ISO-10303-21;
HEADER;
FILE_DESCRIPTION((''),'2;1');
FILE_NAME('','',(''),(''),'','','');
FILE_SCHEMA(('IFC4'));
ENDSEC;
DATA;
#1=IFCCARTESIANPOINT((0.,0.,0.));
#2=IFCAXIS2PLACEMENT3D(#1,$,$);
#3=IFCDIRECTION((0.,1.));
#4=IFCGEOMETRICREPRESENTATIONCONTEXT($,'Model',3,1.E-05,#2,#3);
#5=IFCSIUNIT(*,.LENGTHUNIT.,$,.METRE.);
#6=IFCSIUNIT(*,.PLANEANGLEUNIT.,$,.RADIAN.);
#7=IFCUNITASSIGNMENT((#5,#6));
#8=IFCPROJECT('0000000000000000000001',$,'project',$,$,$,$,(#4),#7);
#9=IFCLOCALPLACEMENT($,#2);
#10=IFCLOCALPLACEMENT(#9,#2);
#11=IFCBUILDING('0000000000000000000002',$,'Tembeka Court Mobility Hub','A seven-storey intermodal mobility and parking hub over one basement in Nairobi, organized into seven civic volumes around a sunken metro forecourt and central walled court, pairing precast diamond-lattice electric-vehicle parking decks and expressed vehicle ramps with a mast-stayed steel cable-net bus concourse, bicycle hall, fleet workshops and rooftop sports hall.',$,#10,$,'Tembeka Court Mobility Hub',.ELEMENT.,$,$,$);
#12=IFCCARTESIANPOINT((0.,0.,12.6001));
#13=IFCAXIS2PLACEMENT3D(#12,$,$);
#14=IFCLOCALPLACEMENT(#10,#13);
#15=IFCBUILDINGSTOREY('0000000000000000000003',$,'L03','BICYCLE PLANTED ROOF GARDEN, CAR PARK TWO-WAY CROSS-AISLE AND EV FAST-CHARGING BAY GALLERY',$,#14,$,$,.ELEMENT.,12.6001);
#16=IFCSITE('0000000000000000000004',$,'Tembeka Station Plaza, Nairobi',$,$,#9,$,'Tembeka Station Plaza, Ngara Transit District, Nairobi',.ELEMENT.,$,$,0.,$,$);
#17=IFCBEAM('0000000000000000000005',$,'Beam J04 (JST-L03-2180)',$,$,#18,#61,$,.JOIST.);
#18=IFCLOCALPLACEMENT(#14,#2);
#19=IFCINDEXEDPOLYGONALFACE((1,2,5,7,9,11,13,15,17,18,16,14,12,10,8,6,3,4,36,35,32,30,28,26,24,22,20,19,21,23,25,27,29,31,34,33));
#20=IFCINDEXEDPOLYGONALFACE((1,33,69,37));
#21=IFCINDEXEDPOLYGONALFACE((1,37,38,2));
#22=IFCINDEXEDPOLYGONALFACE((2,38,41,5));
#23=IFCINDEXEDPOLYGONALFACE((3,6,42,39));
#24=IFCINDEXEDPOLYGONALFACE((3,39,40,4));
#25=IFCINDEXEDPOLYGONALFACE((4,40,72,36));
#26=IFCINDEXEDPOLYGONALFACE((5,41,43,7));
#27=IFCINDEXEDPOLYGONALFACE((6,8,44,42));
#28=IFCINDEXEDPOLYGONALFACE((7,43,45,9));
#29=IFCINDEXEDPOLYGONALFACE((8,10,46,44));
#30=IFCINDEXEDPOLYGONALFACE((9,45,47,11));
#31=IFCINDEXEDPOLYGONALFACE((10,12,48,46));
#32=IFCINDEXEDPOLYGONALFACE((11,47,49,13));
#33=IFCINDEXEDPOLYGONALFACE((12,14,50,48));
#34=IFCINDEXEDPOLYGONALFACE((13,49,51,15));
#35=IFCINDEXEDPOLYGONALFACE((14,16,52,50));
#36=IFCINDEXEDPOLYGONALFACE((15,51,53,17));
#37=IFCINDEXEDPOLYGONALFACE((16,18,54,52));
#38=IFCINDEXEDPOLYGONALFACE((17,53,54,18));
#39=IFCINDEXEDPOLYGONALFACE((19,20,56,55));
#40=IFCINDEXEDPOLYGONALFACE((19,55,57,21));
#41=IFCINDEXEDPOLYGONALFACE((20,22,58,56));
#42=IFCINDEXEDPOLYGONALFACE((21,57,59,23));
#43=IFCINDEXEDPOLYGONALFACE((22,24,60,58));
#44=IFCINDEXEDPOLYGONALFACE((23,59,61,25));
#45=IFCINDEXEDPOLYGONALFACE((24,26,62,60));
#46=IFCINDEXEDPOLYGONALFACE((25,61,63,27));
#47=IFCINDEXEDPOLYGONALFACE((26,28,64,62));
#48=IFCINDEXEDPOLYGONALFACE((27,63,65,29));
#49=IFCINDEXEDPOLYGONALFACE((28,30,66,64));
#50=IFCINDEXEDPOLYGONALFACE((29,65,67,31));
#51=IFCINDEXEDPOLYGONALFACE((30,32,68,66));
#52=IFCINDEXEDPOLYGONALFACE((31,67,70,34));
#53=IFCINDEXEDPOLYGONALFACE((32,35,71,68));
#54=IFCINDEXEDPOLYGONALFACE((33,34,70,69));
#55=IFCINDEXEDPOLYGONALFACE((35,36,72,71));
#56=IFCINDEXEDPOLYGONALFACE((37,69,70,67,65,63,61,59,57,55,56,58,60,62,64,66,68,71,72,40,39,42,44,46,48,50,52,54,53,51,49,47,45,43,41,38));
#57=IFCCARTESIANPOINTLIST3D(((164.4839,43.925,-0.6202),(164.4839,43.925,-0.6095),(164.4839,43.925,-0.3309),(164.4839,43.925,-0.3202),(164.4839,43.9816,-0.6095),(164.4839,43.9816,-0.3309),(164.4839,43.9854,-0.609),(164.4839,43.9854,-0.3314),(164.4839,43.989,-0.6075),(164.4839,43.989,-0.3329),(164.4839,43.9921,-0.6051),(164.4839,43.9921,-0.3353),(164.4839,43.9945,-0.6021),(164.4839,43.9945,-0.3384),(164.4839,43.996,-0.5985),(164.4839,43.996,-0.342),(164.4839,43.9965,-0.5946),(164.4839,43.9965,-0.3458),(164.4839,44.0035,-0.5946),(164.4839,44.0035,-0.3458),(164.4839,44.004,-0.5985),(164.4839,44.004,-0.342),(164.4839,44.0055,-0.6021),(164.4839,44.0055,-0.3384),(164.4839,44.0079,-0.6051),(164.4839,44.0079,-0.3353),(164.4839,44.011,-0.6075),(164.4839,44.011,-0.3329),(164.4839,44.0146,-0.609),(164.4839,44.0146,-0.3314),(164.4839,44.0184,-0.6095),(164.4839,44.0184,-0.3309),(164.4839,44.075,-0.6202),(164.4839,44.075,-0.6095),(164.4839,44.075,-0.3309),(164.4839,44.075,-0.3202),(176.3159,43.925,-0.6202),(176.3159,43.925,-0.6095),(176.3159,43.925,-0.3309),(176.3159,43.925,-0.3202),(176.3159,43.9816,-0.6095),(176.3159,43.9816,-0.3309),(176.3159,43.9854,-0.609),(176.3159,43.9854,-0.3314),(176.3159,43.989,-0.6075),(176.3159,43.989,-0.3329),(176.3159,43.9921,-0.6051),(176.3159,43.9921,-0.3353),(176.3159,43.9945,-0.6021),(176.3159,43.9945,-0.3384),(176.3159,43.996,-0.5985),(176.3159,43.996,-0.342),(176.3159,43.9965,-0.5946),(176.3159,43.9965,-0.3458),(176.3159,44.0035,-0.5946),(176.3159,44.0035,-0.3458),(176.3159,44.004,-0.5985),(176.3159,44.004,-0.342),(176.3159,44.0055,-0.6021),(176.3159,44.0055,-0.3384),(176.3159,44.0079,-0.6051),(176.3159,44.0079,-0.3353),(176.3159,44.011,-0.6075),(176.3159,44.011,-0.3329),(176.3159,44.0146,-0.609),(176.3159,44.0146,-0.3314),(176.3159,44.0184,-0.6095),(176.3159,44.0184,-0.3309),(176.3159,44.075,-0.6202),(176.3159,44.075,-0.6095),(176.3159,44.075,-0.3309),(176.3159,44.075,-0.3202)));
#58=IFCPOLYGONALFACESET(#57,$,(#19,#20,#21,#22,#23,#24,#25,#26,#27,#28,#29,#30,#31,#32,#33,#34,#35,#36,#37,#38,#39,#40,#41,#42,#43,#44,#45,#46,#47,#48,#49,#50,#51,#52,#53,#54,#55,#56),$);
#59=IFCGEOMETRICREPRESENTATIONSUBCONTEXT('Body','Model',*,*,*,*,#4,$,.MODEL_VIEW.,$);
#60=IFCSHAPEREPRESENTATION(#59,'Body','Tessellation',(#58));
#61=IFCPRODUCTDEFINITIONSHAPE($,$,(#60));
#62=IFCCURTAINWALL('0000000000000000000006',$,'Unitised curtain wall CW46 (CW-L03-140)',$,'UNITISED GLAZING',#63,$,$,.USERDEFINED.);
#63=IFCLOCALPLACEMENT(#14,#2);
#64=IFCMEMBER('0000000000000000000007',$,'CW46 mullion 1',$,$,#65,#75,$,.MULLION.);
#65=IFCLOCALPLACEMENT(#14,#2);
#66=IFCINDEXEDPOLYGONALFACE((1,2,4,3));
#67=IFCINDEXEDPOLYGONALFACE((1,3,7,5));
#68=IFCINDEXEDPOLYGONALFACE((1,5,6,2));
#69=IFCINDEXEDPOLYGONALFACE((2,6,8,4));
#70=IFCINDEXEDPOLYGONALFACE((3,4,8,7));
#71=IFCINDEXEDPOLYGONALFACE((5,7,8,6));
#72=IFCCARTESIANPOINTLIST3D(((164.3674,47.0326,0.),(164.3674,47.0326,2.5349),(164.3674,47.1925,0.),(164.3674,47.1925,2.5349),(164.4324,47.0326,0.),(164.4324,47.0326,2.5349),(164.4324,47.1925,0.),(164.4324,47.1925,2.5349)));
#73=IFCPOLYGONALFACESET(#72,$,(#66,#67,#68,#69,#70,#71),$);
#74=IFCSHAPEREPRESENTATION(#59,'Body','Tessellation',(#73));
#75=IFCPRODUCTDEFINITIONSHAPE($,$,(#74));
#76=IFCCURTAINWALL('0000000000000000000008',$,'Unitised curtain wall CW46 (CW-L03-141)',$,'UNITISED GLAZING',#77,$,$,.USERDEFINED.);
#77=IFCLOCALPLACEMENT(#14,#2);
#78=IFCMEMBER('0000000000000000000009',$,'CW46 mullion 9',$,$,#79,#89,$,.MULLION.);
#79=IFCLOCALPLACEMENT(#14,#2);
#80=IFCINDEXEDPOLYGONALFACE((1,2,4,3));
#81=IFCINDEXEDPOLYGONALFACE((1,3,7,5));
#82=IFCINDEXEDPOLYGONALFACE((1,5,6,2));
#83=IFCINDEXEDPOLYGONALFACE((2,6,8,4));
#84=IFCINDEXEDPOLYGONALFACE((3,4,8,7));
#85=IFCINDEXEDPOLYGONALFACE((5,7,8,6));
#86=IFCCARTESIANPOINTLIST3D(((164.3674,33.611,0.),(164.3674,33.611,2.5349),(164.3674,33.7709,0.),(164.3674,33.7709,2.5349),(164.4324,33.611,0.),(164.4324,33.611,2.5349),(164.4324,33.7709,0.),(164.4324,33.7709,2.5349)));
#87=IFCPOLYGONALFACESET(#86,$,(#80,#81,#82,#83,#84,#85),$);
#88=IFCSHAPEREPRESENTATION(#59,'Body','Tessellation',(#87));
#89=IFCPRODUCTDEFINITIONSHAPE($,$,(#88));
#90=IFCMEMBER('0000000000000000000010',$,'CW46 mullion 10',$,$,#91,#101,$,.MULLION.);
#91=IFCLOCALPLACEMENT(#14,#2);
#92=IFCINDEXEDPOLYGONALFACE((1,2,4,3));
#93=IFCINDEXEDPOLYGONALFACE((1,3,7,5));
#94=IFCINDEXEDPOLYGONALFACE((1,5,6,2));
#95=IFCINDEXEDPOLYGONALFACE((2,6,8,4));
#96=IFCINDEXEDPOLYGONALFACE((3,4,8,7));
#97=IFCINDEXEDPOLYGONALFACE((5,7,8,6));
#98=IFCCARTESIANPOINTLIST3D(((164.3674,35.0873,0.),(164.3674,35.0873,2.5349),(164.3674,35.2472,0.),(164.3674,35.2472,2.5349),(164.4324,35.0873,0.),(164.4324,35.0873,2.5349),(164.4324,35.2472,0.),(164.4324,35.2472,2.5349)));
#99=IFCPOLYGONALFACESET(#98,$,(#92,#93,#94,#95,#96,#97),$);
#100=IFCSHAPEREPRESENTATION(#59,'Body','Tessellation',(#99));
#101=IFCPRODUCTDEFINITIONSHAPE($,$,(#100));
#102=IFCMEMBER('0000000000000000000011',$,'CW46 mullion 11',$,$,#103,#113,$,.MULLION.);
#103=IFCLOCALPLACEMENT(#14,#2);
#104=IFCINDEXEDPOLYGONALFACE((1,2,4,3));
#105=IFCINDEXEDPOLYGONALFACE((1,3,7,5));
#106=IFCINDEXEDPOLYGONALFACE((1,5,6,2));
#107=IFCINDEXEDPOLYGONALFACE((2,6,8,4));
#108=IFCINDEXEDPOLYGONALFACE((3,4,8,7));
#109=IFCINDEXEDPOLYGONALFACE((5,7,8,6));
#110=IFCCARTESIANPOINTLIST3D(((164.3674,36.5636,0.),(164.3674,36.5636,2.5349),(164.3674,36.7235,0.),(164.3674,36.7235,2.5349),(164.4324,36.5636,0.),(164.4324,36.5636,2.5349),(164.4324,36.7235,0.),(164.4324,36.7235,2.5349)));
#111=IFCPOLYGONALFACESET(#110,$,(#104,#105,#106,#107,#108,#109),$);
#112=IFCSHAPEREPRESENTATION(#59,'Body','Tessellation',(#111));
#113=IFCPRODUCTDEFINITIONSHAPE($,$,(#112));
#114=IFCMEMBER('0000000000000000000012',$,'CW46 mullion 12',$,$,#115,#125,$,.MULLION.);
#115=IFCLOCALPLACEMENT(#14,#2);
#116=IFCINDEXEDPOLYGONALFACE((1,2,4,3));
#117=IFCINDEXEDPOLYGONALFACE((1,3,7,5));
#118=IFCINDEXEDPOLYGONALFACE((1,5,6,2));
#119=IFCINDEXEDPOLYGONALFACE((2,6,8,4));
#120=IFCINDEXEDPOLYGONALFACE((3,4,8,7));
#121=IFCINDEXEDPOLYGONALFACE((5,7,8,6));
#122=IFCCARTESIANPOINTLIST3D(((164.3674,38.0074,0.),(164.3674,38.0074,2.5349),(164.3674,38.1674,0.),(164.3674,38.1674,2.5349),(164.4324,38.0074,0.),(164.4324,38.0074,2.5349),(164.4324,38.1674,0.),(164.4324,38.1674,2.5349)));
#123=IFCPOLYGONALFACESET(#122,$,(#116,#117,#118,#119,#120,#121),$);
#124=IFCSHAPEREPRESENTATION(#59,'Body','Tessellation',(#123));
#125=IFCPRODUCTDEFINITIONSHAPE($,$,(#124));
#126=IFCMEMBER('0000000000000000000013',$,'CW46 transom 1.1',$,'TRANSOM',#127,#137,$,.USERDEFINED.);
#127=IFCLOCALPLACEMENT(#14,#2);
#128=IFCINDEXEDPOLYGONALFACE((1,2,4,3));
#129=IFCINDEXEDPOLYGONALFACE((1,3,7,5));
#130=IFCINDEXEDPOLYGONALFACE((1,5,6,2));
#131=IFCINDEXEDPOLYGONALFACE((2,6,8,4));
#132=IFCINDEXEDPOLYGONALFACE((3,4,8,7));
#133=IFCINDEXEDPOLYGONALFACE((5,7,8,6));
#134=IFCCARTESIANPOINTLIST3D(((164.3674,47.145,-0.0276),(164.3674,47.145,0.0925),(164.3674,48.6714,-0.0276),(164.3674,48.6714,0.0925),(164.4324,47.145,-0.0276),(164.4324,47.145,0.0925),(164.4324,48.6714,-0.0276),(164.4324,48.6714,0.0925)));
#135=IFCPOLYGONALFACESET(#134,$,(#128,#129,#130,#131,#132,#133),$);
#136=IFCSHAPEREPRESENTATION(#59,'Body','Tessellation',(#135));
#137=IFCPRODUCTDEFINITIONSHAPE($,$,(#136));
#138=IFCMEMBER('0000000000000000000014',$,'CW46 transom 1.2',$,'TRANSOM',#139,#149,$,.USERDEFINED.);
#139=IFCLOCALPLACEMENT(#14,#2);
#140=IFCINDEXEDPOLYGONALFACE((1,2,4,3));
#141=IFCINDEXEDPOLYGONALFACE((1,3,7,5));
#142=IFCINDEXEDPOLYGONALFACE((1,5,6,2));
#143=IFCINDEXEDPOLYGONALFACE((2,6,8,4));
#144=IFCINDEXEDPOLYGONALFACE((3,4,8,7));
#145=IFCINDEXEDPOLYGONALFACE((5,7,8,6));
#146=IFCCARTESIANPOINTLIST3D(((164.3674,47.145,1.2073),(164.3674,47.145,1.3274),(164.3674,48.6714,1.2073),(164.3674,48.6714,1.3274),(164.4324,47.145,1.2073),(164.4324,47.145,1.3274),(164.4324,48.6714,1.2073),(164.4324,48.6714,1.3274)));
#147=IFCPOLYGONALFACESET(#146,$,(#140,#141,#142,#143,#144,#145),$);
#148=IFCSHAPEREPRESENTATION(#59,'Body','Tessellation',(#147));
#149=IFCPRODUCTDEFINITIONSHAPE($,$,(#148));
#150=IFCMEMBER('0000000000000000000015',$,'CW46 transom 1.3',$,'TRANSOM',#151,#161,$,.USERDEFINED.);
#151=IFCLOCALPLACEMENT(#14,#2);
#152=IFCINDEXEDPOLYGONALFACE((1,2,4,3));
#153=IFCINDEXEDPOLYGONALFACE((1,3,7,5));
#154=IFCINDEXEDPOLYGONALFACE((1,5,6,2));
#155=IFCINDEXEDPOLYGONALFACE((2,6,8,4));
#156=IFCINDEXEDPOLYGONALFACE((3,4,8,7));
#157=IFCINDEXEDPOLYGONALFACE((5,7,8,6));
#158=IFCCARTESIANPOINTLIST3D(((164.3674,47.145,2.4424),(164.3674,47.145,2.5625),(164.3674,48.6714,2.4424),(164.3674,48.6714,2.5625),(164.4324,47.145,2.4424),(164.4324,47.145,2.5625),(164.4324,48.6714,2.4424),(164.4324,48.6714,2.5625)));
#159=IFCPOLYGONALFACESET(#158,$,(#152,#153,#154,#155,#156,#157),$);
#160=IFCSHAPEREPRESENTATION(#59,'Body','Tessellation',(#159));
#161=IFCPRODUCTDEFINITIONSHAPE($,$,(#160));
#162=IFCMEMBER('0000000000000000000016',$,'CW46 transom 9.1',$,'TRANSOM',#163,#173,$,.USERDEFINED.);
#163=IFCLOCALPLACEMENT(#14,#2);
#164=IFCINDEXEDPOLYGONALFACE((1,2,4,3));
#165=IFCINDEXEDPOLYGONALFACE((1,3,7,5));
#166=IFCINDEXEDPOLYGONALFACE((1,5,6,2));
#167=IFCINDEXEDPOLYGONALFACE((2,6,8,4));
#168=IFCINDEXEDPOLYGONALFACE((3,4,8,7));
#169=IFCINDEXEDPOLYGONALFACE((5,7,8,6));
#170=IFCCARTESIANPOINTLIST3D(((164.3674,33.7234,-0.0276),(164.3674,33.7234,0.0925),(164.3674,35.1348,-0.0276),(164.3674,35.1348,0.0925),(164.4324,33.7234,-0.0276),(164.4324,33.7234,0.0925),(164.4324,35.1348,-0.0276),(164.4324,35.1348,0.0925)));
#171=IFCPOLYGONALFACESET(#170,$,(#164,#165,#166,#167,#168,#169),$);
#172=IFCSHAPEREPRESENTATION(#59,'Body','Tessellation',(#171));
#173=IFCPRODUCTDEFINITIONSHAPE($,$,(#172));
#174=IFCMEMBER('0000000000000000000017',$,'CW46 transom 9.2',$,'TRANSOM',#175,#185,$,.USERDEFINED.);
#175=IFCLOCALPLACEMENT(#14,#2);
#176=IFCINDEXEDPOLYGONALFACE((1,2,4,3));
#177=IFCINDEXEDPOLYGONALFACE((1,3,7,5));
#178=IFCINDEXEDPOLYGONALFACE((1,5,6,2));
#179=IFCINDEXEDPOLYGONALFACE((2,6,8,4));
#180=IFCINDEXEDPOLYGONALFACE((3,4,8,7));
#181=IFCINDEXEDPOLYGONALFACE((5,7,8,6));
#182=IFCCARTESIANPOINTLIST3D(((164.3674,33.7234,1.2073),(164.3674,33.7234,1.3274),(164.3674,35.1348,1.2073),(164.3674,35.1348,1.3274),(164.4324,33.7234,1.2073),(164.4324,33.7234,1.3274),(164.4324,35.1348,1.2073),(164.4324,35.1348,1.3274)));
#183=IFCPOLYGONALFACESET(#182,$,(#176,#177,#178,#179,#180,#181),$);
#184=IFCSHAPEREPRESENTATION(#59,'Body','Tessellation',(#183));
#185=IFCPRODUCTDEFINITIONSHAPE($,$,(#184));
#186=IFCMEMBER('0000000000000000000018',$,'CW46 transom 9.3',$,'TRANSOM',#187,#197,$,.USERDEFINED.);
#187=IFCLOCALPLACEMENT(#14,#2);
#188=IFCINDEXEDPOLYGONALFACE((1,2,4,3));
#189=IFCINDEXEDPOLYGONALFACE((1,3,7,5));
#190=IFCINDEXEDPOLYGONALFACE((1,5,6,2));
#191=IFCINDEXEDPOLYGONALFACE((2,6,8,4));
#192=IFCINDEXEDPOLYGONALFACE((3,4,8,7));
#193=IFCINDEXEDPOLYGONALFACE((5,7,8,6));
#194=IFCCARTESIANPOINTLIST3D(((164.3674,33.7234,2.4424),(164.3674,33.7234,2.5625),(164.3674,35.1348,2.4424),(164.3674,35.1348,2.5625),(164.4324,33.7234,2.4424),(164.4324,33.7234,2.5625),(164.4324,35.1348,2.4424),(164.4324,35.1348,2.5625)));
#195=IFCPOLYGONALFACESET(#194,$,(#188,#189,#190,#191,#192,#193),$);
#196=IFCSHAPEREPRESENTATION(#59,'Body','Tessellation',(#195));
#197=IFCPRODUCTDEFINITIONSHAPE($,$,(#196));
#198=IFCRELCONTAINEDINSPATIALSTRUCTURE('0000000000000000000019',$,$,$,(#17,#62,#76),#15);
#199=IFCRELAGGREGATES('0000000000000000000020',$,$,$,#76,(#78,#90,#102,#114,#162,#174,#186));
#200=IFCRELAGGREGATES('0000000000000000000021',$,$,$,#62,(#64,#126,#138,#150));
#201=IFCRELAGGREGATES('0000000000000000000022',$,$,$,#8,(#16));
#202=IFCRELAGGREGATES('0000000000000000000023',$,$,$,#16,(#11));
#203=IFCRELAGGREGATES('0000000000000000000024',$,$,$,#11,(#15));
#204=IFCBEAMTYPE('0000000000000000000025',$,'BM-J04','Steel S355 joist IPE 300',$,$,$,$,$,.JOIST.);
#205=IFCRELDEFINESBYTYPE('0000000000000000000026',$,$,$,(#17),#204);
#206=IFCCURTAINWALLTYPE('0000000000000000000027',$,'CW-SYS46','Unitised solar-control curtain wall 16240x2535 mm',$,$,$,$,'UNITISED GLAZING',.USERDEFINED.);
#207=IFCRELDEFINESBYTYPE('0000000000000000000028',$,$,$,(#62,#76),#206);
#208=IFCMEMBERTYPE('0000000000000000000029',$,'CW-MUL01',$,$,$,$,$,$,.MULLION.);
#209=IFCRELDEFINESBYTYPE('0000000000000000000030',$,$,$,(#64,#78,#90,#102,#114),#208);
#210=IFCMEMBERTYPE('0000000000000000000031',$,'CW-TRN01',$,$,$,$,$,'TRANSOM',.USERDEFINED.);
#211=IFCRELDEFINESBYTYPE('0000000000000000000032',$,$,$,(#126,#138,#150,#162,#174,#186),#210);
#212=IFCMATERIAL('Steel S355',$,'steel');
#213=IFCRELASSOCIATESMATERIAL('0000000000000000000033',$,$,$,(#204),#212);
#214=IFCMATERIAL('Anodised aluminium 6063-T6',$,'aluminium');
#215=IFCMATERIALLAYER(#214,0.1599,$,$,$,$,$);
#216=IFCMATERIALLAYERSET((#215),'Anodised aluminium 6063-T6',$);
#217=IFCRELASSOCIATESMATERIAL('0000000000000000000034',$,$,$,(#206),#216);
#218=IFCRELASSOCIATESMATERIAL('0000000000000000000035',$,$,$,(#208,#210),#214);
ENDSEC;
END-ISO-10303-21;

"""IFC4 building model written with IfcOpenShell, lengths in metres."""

from ifc_helpers import new_model, si_unit, direction, frame, origin, origin_2d, place, context, subcontext, project, spatial, rectangle, i_section, extrude, material, layer, layer_set, material_profile, profile_set, type_object, element, aggregate, save


model = new_model("IFC4")

# Units and contexts
model_context = context("Model", 3, precision=1e-05, world=origin(), true_north=direction((0.0, 1.0)))
body_context = subcontext(model_context, "Body", "Model", "MODEL_VIEW")
ifc_project = project(units=[si_unit("LENGTHUNIT", "METRE"), si_unit("PLANEANGLEUNIT", "RADIAN")], contexts=[model_context])

# Site, building, storey
site_placement = place(None, origin())
site = spatial("IfcSite", under=ifc_project, at=site_placement, Name="Tembeka Station Plaza, Nairobi", LongName="Tembeka Station Plaza, Ngara Transit District, Nairobi", CompositionType="ELEMENT", RefElevation=0.0)
building_placement = place(site_placement, origin())
building = spatial("IfcBuilding", under=site, at=building_placement, Name="Tembeka Court Mobility Hub", Description="A seven-storey intermodal mobility and parking hub over one basement in Nairobi, organized into seven civic volumes around a sunken metro forecourt and central walled court, pairing precast diamond-lattice electric-vehicle parking decks and expressed vehicle ramps with a mast-stayed steel cable-net bus concourse, bicycle hall, fleet workshops and rooftop sports hall.", LongName="Tembeka Court Mobility Hub", CompositionType="ELEMENT")
storey_placement = place(building_placement, frame((0.0, 0.0, 12.6001)))
storey = spatial("IfcBuildingStorey", under=building, at=storey_placement, Name="L03", Description="BICYCLE PLANTED ROOF GARDEN, CAR PARK TWO-WAY CROSS-AISLE AND EV FAST-CHARGING BAY GALLERY", CompositionType="ELEMENT", Elevation=12.6001)

# Shared definitions
ifc_material_1 = material(Name="Steel S355", Category="steel")

# Beam
ifc_material_profile_1 = material_profile(ifc_material_1, i_section(OverallWidth=0.1499, OverallDepth=0.3, WebThickness=0.0071, FlangeThickness=0.0107, FilletRadius=0.0149, at=origin_2d()), Name="IPE 300")
ifc_profile_set_1 = profile_set([ifc_material_profile_1], Name="Steel S355")
beam_type_1 = type_object("IfcBeamType", Name="BM-J04", Description="Steel S355 joist IPE 300", PredefinedType="JOIST", material=ifc_profile_set_1)
for number, where, z_axis, x_axis, name in (
    (1, (164.4839, 44.0, -0.4702), (1.0, 0.0, 0.0), (0.0, 1.0, 0.0), "Beam J04 (JST-L03-2180)"),
):
    element("IfcBeam", number, at=place(storey_placement, frame(where, z_axis=z_axis, x_axis=x_axis)), inside=storey, type_object=beam_type_1, Name=name, PredefinedType="JOIST", context=body_context, shape_type="SweptSolid", body=[
        extrude(i_section(OverallWidth=0.1499, OverallDepth=0.3, WebThickness=0.0071, FlangeThickness=0.0107, FilletRadius=0.0149, at=origin_2d()), origin(), (0.0, 0.0, 1.0), 11.832),
    ])

# Curtain wall, member
ifc_material_2 = material(Name="Anodised aluminium 6063-T6", Category="aluminium")
ifc_layer_1 = layer(ifc_material_2, 0.1599)
ifc_layer_set_1 = layer_set([ifc_layer_1], Name="Anodised aluminium 6063-T6")
curtain_wall_type = type_object("IfcCurtainWallType", Name="CW-SYS46", Description="Unitised solar-control curtain wall 16240x2535 mm", ElementType="UNITISED GLAZING", PredefinedType="USERDEFINED", material=ifc_layer_set_1)
curtain_wall_1_placement = place(storey_placement, origin())
curtain_wall_1 = element("IfcCurtainWall", 2, at=curtain_wall_1_placement, inside=storey, type_object=curtain_wall_type, Name="Unitised curtain wall CW46 (CW-L03-140)", ObjectType="UNITISED GLAZING", PredefinedType="USERDEFINED")
ifc_material_profile_2 = material_profile(ifc_material_2, rectangle(XDim=0.0649, YDim=0.1599, at=origin_2d()), Name="ALU-MUL 65x160")
ifc_profile_set_2 = profile_set([ifc_material_profile_2], Name="Anodised aluminium 6063-T6")
member_type_1 = type_object("IfcMemberType", Name="CW-MUL01", PredefinedType="MULLION", material=ifc_profile_set_2)
member_1_placement = place(storey_placement, frame((164.3999, 47.1125, 0.0), z_axis=(0.0, 0.0, 1.0), x_axis=(-1.0, 0.0, 0.0)))
member_1 = element("IfcMember", 3, at=member_1_placement, type_object=member_type_1, Name="CW46 mullion 1", PredefinedType="MULLION", context=body_context, shape_type="SweptSolid", body=[
    extrude(rectangle(XDim=0.0649, YDim=0.1599, at=origin_2d()), origin(), (0.0, 0.0, 1.0), 2.5349),
])

# Curtain wall, members
curtain_wall_2_placement = place(storey_placement, origin())
curtain_wall_2 = element("IfcCurtainWall", 4, at=curtain_wall_2_placement, inside=storey, type_object=curtain_wall_type, Name="Unitised curtain wall CW46 (CW-L03-141)", ObjectType="UNITISED GLAZING", PredefinedType="USERDEFINED")
member_2_placement = place(storey_placement, frame((164.3999, 33.6909, 0.0), z_axis=(0.0, 0.0, 1.0), x_axis=(-1.0, 0.0, 0.0)))
member_2 = element("IfcMember", 5, at=member_2_placement, type_object=member_type_1, Name="CW46 mullion 9", PredefinedType="MULLION", context=body_context, shape_type="SweptSolid", body=[
    extrude(rectangle(XDim=0.0649, YDim=0.1599, at=origin_2d()), origin(), (0.0, 0.0, 1.0), 2.5349),
])
member_3_placement = place(storey_placement, frame((164.3999, 35.1672, 0.0), z_axis=(0.0, 0.0, 1.0), x_axis=(-1.0, 0.0, 0.0)))
member_3 = element("IfcMember", 6, at=member_3_placement, type_object=member_type_1, Name="CW46 mullion 10", PredefinedType="MULLION", context=body_context, shape_type="SweptSolid", body=[
    extrude(rectangle(XDim=0.0649, YDim=0.1599, at=origin_2d()), origin(), (0.0, 0.0, 1.0), 2.5349),
])
member_4_placement = place(storey_placement, frame((164.3999, 36.6436, 0.0), z_axis=(0.0, 0.0, 1.0), x_axis=(-1.0, 0.0, 0.0)))
member_4 = element("IfcMember", 7, at=member_4_placement, type_object=member_type_1, Name="CW46 mullion 11", PredefinedType="MULLION", context=body_context, shape_type="SweptSolid", body=[
    extrude(rectangle(XDim=0.0649, YDim=0.1599, at=origin_2d()), origin(), (0.0, 0.0, 1.0), 2.5349),
])
member_5_placement = place(storey_placement, frame((164.3999, 38.0874, 0.0), z_axis=(0.0, 0.0, 1.0), x_axis=(-1.0, 0.0, 0.0)))
member_5 = element("IfcMember", 8, at=member_5_placement, type_object=member_type_1, Name="CW46 mullion 12", PredefinedType="MULLION", context=body_context, shape_type="SweptSolid", body=[
    extrude(rectangle(XDim=0.0649, YDim=0.1599, at=origin_2d()), origin(), (0.0, 0.0, 1.0), 2.5349),
])

# Members
ifc_material_profile_3 = material_profile(ifc_material_2, rectangle(XDim=0.0649, YDim=0.1201, at=origin_2d()), Name="ALU-TRN 65x120")
ifc_profile_set_3 = profile_set([ifc_material_profile_3], Name="Anodised aluminium 6063-T6")
member_type_2 = type_object("IfcMemberType", Name="CW-TRN01", ElementType="TRANSOM", PredefinedType="USERDEFINED", material=ifc_profile_set_3)
member_6_placement = place(storey_placement, frame((164.3999, 47.145, 0.0325), z_axis=(0.0, 1.0, 0.0), x_axis=(-1.0, 0.0, 0.0)))
member_6 = element("IfcMember", 9, at=member_6_placement, type_object=member_type_2, Name="CW46 transom 1.1", ObjectType="TRANSOM", PredefinedType="USERDEFINED", context=body_context, shape_type="SweptSolid", body=[
    extrude(rectangle(XDim=0.0649, YDim=0.1201, at=origin_2d()), origin(), (0.0, 0.0, 1.0), 1.5264),
])
member_7_placement = place(storey_placement, frame((164.3999, 47.145, 1.2673), z_axis=(0.0, 1.0, 0.0), x_axis=(-1.0, 0.0, 0.0)))
member_7 = element("IfcMember", 10, at=member_7_placement, type_object=member_type_2, Name="CW46 transom 1.2", ObjectType="TRANSOM", PredefinedType="USERDEFINED", context=body_context, shape_type="SweptSolid", body=[
    extrude(rectangle(XDim=0.0649, YDim=0.1201, at=origin_2d()), origin(), (0.0, 0.0, 1.0), 1.5264),
])
member_8_placement = place(storey_placement, frame((164.3999, 47.145, 2.5024), z_axis=(0.0, 1.0, 0.0), x_axis=(-1.0, 0.0, 0.0)))
member_8 = element("IfcMember", 11, at=member_8_placement, type_object=member_type_2, Name="CW46 transom 1.3", ObjectType="TRANSOM", PredefinedType="USERDEFINED", context=body_context, shape_type="SweptSolid", body=[
    extrude(rectangle(XDim=0.0649, YDim=0.1201, at=origin_2d()), origin(), (0.0, 0.0, 1.0), 1.5264),
])
member_9_placement = place(storey_placement, frame((164.3999, 33.7234, 0.0325), z_axis=(0.0, 1.0, 0.0), x_axis=(-1.0, 0.0, 0.0)))
member_9 = element("IfcMember", 12, at=member_9_placement, type_object=member_type_2, Name="CW46 transom 9.1", ObjectType="TRANSOM", PredefinedType="USERDEFINED", context=body_context, shape_type="SweptSolid", body=[
    extrude(rectangle(XDim=0.0649, YDim=0.1201, at=origin_2d()), origin(), (0.0, 0.0, 1.0), 1.4114),
])
member_10_placement = place(storey_placement, frame((164.3999, 33.7234, 1.2673), z_axis=(0.0, 1.0, 0.0), x_axis=(-1.0, 0.0, 0.0)))
member_10 = element("IfcMember", 13, at=member_10_placement, type_object=member_type_2, Name="CW46 transom 9.2", ObjectType="TRANSOM", PredefinedType="USERDEFINED", context=body_context, shape_type="SweptSolid", body=[
    extrude(rectangle(XDim=0.0649, YDim=0.1201, at=origin_2d()), origin(), (0.0, 0.0, 1.0), 1.4114),
])
member_11_placement = place(storey_placement, frame((164.3999, 33.7234, 2.5024), z_axis=(0.0, 1.0, 0.0), x_axis=(-1.0, 0.0, 0.0)))
member_11 = element("IfcMember", 14, at=member_11_placement, type_object=member_type_2, Name="CW46 transom 9.3", ObjectType="TRANSOM", PredefinedType="USERDEFINED", context=body_context, shape_type="SweptSolid", body=[
    extrude(rectangle(XDim=0.0649, YDim=0.1201, at=origin_2d()), origin(), (0.0, 0.0, 1.0), 1.4114),
])

aggregate(curtain_wall_2, [member_2, member_3, member_4, member_5, member_9, member_10, member_11])
aggregate(curtain_wall_1, [member_1, member_6, member_7, member_8])

save(model, "model.ifc")
